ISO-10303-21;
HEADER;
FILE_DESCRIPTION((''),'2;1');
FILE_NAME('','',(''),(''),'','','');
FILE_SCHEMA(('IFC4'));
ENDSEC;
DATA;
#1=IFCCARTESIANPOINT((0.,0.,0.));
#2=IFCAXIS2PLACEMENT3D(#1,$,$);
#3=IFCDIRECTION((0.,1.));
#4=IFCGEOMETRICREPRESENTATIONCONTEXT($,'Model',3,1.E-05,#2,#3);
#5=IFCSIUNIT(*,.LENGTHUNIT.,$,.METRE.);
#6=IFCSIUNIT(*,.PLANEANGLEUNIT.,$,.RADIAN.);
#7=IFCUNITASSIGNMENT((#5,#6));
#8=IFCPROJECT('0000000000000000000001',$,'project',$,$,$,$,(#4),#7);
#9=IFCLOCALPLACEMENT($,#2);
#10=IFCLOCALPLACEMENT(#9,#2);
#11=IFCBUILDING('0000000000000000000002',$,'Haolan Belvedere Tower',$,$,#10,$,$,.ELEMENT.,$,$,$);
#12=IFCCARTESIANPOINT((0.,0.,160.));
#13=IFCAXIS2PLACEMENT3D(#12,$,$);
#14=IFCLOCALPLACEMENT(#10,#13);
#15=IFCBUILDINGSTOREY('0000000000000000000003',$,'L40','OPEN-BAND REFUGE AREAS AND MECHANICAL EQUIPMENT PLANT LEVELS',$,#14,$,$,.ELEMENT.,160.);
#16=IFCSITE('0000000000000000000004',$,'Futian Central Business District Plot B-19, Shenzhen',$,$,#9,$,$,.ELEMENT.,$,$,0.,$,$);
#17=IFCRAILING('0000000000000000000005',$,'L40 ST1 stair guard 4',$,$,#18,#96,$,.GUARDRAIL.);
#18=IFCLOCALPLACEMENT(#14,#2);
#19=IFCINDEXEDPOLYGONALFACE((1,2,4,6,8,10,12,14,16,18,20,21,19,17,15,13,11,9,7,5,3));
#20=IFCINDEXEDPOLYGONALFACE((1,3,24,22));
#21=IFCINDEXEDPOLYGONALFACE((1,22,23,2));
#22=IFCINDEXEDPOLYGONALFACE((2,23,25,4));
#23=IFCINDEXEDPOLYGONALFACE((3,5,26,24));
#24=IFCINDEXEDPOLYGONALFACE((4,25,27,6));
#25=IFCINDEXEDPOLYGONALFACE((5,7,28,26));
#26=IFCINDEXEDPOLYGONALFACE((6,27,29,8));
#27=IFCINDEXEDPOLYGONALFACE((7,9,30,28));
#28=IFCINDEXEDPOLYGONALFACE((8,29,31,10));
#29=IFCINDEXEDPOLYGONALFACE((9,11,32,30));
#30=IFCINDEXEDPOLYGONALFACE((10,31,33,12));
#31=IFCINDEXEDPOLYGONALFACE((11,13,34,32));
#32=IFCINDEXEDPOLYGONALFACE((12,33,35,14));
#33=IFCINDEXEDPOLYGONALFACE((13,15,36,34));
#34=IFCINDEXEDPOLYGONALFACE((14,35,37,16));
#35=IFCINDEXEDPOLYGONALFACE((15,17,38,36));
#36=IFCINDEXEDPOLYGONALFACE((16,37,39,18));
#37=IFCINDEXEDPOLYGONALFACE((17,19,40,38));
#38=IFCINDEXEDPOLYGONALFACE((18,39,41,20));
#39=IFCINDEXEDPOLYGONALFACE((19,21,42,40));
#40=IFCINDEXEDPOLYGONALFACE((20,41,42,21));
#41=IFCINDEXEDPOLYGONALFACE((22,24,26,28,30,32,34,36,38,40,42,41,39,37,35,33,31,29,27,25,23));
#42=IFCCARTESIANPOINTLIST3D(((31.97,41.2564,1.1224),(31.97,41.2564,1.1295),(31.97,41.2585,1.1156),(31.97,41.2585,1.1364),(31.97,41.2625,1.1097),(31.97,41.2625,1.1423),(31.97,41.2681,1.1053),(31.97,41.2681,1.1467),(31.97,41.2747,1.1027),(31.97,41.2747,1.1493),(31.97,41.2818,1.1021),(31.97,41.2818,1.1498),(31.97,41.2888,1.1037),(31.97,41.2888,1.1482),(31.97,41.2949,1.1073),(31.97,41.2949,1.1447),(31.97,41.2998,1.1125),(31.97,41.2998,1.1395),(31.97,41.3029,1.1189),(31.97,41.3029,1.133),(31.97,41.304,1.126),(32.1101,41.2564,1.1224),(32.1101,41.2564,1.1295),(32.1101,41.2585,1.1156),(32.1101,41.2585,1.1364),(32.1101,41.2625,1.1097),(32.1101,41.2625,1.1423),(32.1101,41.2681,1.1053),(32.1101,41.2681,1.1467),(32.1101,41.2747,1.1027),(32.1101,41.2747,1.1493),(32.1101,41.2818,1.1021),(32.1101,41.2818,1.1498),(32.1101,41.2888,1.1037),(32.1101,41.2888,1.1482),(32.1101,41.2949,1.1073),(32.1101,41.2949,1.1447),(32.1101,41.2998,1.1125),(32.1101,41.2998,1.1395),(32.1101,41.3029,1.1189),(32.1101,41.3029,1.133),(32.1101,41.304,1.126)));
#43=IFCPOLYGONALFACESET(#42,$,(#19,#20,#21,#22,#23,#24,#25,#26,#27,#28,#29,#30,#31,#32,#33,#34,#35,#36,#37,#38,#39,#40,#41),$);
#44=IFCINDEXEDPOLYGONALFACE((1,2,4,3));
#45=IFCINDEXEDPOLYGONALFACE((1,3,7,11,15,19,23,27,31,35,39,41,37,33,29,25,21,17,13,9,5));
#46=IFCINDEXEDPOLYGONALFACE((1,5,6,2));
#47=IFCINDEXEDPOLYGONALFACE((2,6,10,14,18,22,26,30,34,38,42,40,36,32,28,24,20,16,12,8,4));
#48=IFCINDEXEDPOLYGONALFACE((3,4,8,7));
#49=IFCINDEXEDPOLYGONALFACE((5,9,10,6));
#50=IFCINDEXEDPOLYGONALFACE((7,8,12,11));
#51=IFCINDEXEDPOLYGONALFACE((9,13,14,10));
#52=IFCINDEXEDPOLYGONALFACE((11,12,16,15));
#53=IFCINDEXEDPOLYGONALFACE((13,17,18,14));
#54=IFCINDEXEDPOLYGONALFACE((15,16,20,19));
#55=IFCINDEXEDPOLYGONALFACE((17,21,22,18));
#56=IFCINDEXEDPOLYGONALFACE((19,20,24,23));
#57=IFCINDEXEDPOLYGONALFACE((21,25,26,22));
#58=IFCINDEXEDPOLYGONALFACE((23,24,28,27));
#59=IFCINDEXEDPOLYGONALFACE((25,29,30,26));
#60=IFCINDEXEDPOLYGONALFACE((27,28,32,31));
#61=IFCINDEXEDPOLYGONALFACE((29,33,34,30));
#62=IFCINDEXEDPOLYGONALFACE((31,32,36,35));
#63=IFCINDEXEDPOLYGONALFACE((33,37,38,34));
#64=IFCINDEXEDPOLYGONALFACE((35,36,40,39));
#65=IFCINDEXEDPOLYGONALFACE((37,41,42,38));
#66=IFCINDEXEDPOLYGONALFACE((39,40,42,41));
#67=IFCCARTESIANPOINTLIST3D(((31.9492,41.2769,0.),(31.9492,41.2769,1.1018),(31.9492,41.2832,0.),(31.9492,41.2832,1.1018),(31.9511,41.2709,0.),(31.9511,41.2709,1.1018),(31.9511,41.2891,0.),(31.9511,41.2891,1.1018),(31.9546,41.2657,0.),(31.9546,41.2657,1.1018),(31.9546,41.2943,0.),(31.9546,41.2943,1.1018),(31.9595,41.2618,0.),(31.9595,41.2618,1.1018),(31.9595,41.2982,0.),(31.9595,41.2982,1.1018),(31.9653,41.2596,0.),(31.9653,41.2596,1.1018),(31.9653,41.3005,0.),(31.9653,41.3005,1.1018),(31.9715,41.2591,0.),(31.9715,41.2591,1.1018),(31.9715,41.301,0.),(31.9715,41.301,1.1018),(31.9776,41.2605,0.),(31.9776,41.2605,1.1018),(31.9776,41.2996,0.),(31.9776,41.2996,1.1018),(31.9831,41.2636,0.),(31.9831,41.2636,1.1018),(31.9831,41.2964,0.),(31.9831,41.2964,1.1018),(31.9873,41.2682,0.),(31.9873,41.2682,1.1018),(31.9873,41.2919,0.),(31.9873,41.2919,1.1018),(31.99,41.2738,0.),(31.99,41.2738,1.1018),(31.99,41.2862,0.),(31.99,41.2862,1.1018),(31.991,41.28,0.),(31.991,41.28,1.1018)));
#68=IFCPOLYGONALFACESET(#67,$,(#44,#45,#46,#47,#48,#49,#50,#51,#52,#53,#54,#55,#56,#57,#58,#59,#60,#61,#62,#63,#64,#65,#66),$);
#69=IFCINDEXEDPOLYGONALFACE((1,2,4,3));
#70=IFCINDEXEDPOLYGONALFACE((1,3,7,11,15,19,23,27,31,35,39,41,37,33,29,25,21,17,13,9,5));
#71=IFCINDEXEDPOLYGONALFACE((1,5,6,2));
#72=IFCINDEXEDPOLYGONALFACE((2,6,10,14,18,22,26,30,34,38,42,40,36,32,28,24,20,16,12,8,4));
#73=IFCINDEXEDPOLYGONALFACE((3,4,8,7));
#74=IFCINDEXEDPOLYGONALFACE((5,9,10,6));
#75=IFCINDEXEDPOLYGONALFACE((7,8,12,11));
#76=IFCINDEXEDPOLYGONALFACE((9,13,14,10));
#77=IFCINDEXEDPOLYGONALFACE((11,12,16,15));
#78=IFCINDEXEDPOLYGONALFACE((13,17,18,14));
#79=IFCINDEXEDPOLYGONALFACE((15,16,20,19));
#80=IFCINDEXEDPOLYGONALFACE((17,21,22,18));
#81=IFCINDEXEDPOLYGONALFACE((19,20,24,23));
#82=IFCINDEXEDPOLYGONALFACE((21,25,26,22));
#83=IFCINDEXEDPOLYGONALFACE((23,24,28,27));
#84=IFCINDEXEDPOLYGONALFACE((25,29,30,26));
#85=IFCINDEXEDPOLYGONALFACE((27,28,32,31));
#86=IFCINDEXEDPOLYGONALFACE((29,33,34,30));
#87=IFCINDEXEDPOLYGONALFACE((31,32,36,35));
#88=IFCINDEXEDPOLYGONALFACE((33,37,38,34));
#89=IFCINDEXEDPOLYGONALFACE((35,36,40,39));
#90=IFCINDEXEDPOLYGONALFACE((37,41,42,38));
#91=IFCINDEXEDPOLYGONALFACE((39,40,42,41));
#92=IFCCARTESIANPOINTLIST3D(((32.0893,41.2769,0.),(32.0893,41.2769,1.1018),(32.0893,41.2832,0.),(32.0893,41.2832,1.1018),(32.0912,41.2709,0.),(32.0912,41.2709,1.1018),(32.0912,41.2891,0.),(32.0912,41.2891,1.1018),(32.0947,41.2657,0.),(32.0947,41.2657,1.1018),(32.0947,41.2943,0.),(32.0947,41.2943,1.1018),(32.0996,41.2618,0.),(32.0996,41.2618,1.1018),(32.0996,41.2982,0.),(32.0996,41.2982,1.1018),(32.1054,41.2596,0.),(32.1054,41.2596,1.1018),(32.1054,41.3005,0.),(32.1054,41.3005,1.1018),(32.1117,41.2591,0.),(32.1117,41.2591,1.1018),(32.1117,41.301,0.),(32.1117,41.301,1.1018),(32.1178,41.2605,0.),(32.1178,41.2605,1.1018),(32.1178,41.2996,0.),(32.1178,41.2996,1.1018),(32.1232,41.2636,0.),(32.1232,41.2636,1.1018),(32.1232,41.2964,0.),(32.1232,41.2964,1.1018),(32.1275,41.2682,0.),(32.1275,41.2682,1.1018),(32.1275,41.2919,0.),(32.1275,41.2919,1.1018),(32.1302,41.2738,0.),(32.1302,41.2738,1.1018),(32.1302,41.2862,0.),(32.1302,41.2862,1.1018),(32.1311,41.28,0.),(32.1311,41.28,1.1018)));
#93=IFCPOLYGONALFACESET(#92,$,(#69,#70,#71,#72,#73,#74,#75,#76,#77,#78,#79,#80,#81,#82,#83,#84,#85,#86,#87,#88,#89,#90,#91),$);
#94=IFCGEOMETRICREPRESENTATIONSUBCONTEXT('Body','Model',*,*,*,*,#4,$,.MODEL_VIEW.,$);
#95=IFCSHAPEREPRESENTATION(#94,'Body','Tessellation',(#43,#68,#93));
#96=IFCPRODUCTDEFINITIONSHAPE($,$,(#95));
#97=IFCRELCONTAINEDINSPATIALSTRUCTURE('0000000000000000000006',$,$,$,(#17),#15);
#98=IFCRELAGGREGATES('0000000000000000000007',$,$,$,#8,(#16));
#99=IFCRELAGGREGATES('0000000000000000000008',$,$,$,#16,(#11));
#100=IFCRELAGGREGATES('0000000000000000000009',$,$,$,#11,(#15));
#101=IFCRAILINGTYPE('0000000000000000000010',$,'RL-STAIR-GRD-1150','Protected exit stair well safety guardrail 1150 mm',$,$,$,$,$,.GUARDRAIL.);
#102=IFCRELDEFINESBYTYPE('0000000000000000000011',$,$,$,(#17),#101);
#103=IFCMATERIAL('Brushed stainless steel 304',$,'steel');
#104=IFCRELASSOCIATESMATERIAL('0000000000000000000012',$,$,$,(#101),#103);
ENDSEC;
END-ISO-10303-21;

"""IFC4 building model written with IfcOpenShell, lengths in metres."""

from ifc_helpers import new_model, si_unit, direction, frame, origin, origin_2d, place, context, subcontext, project, spatial, circle, extrude, material, type_object, element, save


model = new_model("IFC4")

# Units and contexts
model_context = context("Model", 3, precision=1e-05, world=origin(), true_north=direction((0.0, 1.0)))
body_context = subcontext(model_context, "Body", "Model", "MODEL_VIEW")
ifc_project = project(units=[si_unit("LENGTHUNIT", "METRE"), si_unit("PLANEANGLEUNIT", "RADIAN")], contexts=[model_context])

# Site, building, storey
site_placement = place(None, origin())
site = spatial("IfcSite", under=ifc_project, at=site_placement, Name="Futian Central Business District Plot B-19, Shenzhen", CompositionType="ELEMENT", RefElevation=0.0)
building_placement = place(site_placement, origin())
building = spatial("IfcBuilding", under=site, at=building_placement, Name="Haolan Belvedere Tower", CompositionType="ELEMENT")
storey_placement = place(building_placement, frame((0.0, 0.0, 160.0)))
storey = spatial("IfcBuildingStorey", under=building, at=storey_placement, Name="L40", Description="OPEN-BAND REFUGE AREAS AND MECHANICAL EQUIPMENT PLANT LEVELS", CompositionType="ELEMENT", Elevation=160.0)

# Railing
ifc_material_1 = material(Name="Brushed stainless steel 304", Category="steel")
railing_type_1 = type_object("IfcRailingType", Name="RL-STAIR-GRD-1150", Description="Protected exit stair well safety guardrail 1150 mm", PredefinedType="GUARDRAIL", material=ifc_material_1)
railing_1_placement = place(storey_placement, frame((31.97, 41.28, 0.0)))
element("IfcRailing", 1, at=railing_1_placement, inside=storey, type_object=railing_type_1, Name="L40 ST1 stair guard 4", PredefinedType="GUARDRAIL", context=body_context, shape_type="SweptSolid", body=[
    extrude(circle(Radius=0.0239, at=origin_2d()), frame((0.0, 0.0, 1.126), z_axis=(1.0, 0.0, 0.0), x_axis=(0.0, 1.0, 0.0)), (0.0, 0.0, 1.0), 0.1401),
    extrude(circle(Radius=0.021, at=origin_2d()), origin(), (0.0, 0.0, 1.0), 1.1018),
    extrude(circle(Radius=0.021, at=origin_2d()), frame((0.1401, 0.0, 0.0)), (0.0, 0.0, 1.0), 1.1018),
])

save(model, "model.ifc")
